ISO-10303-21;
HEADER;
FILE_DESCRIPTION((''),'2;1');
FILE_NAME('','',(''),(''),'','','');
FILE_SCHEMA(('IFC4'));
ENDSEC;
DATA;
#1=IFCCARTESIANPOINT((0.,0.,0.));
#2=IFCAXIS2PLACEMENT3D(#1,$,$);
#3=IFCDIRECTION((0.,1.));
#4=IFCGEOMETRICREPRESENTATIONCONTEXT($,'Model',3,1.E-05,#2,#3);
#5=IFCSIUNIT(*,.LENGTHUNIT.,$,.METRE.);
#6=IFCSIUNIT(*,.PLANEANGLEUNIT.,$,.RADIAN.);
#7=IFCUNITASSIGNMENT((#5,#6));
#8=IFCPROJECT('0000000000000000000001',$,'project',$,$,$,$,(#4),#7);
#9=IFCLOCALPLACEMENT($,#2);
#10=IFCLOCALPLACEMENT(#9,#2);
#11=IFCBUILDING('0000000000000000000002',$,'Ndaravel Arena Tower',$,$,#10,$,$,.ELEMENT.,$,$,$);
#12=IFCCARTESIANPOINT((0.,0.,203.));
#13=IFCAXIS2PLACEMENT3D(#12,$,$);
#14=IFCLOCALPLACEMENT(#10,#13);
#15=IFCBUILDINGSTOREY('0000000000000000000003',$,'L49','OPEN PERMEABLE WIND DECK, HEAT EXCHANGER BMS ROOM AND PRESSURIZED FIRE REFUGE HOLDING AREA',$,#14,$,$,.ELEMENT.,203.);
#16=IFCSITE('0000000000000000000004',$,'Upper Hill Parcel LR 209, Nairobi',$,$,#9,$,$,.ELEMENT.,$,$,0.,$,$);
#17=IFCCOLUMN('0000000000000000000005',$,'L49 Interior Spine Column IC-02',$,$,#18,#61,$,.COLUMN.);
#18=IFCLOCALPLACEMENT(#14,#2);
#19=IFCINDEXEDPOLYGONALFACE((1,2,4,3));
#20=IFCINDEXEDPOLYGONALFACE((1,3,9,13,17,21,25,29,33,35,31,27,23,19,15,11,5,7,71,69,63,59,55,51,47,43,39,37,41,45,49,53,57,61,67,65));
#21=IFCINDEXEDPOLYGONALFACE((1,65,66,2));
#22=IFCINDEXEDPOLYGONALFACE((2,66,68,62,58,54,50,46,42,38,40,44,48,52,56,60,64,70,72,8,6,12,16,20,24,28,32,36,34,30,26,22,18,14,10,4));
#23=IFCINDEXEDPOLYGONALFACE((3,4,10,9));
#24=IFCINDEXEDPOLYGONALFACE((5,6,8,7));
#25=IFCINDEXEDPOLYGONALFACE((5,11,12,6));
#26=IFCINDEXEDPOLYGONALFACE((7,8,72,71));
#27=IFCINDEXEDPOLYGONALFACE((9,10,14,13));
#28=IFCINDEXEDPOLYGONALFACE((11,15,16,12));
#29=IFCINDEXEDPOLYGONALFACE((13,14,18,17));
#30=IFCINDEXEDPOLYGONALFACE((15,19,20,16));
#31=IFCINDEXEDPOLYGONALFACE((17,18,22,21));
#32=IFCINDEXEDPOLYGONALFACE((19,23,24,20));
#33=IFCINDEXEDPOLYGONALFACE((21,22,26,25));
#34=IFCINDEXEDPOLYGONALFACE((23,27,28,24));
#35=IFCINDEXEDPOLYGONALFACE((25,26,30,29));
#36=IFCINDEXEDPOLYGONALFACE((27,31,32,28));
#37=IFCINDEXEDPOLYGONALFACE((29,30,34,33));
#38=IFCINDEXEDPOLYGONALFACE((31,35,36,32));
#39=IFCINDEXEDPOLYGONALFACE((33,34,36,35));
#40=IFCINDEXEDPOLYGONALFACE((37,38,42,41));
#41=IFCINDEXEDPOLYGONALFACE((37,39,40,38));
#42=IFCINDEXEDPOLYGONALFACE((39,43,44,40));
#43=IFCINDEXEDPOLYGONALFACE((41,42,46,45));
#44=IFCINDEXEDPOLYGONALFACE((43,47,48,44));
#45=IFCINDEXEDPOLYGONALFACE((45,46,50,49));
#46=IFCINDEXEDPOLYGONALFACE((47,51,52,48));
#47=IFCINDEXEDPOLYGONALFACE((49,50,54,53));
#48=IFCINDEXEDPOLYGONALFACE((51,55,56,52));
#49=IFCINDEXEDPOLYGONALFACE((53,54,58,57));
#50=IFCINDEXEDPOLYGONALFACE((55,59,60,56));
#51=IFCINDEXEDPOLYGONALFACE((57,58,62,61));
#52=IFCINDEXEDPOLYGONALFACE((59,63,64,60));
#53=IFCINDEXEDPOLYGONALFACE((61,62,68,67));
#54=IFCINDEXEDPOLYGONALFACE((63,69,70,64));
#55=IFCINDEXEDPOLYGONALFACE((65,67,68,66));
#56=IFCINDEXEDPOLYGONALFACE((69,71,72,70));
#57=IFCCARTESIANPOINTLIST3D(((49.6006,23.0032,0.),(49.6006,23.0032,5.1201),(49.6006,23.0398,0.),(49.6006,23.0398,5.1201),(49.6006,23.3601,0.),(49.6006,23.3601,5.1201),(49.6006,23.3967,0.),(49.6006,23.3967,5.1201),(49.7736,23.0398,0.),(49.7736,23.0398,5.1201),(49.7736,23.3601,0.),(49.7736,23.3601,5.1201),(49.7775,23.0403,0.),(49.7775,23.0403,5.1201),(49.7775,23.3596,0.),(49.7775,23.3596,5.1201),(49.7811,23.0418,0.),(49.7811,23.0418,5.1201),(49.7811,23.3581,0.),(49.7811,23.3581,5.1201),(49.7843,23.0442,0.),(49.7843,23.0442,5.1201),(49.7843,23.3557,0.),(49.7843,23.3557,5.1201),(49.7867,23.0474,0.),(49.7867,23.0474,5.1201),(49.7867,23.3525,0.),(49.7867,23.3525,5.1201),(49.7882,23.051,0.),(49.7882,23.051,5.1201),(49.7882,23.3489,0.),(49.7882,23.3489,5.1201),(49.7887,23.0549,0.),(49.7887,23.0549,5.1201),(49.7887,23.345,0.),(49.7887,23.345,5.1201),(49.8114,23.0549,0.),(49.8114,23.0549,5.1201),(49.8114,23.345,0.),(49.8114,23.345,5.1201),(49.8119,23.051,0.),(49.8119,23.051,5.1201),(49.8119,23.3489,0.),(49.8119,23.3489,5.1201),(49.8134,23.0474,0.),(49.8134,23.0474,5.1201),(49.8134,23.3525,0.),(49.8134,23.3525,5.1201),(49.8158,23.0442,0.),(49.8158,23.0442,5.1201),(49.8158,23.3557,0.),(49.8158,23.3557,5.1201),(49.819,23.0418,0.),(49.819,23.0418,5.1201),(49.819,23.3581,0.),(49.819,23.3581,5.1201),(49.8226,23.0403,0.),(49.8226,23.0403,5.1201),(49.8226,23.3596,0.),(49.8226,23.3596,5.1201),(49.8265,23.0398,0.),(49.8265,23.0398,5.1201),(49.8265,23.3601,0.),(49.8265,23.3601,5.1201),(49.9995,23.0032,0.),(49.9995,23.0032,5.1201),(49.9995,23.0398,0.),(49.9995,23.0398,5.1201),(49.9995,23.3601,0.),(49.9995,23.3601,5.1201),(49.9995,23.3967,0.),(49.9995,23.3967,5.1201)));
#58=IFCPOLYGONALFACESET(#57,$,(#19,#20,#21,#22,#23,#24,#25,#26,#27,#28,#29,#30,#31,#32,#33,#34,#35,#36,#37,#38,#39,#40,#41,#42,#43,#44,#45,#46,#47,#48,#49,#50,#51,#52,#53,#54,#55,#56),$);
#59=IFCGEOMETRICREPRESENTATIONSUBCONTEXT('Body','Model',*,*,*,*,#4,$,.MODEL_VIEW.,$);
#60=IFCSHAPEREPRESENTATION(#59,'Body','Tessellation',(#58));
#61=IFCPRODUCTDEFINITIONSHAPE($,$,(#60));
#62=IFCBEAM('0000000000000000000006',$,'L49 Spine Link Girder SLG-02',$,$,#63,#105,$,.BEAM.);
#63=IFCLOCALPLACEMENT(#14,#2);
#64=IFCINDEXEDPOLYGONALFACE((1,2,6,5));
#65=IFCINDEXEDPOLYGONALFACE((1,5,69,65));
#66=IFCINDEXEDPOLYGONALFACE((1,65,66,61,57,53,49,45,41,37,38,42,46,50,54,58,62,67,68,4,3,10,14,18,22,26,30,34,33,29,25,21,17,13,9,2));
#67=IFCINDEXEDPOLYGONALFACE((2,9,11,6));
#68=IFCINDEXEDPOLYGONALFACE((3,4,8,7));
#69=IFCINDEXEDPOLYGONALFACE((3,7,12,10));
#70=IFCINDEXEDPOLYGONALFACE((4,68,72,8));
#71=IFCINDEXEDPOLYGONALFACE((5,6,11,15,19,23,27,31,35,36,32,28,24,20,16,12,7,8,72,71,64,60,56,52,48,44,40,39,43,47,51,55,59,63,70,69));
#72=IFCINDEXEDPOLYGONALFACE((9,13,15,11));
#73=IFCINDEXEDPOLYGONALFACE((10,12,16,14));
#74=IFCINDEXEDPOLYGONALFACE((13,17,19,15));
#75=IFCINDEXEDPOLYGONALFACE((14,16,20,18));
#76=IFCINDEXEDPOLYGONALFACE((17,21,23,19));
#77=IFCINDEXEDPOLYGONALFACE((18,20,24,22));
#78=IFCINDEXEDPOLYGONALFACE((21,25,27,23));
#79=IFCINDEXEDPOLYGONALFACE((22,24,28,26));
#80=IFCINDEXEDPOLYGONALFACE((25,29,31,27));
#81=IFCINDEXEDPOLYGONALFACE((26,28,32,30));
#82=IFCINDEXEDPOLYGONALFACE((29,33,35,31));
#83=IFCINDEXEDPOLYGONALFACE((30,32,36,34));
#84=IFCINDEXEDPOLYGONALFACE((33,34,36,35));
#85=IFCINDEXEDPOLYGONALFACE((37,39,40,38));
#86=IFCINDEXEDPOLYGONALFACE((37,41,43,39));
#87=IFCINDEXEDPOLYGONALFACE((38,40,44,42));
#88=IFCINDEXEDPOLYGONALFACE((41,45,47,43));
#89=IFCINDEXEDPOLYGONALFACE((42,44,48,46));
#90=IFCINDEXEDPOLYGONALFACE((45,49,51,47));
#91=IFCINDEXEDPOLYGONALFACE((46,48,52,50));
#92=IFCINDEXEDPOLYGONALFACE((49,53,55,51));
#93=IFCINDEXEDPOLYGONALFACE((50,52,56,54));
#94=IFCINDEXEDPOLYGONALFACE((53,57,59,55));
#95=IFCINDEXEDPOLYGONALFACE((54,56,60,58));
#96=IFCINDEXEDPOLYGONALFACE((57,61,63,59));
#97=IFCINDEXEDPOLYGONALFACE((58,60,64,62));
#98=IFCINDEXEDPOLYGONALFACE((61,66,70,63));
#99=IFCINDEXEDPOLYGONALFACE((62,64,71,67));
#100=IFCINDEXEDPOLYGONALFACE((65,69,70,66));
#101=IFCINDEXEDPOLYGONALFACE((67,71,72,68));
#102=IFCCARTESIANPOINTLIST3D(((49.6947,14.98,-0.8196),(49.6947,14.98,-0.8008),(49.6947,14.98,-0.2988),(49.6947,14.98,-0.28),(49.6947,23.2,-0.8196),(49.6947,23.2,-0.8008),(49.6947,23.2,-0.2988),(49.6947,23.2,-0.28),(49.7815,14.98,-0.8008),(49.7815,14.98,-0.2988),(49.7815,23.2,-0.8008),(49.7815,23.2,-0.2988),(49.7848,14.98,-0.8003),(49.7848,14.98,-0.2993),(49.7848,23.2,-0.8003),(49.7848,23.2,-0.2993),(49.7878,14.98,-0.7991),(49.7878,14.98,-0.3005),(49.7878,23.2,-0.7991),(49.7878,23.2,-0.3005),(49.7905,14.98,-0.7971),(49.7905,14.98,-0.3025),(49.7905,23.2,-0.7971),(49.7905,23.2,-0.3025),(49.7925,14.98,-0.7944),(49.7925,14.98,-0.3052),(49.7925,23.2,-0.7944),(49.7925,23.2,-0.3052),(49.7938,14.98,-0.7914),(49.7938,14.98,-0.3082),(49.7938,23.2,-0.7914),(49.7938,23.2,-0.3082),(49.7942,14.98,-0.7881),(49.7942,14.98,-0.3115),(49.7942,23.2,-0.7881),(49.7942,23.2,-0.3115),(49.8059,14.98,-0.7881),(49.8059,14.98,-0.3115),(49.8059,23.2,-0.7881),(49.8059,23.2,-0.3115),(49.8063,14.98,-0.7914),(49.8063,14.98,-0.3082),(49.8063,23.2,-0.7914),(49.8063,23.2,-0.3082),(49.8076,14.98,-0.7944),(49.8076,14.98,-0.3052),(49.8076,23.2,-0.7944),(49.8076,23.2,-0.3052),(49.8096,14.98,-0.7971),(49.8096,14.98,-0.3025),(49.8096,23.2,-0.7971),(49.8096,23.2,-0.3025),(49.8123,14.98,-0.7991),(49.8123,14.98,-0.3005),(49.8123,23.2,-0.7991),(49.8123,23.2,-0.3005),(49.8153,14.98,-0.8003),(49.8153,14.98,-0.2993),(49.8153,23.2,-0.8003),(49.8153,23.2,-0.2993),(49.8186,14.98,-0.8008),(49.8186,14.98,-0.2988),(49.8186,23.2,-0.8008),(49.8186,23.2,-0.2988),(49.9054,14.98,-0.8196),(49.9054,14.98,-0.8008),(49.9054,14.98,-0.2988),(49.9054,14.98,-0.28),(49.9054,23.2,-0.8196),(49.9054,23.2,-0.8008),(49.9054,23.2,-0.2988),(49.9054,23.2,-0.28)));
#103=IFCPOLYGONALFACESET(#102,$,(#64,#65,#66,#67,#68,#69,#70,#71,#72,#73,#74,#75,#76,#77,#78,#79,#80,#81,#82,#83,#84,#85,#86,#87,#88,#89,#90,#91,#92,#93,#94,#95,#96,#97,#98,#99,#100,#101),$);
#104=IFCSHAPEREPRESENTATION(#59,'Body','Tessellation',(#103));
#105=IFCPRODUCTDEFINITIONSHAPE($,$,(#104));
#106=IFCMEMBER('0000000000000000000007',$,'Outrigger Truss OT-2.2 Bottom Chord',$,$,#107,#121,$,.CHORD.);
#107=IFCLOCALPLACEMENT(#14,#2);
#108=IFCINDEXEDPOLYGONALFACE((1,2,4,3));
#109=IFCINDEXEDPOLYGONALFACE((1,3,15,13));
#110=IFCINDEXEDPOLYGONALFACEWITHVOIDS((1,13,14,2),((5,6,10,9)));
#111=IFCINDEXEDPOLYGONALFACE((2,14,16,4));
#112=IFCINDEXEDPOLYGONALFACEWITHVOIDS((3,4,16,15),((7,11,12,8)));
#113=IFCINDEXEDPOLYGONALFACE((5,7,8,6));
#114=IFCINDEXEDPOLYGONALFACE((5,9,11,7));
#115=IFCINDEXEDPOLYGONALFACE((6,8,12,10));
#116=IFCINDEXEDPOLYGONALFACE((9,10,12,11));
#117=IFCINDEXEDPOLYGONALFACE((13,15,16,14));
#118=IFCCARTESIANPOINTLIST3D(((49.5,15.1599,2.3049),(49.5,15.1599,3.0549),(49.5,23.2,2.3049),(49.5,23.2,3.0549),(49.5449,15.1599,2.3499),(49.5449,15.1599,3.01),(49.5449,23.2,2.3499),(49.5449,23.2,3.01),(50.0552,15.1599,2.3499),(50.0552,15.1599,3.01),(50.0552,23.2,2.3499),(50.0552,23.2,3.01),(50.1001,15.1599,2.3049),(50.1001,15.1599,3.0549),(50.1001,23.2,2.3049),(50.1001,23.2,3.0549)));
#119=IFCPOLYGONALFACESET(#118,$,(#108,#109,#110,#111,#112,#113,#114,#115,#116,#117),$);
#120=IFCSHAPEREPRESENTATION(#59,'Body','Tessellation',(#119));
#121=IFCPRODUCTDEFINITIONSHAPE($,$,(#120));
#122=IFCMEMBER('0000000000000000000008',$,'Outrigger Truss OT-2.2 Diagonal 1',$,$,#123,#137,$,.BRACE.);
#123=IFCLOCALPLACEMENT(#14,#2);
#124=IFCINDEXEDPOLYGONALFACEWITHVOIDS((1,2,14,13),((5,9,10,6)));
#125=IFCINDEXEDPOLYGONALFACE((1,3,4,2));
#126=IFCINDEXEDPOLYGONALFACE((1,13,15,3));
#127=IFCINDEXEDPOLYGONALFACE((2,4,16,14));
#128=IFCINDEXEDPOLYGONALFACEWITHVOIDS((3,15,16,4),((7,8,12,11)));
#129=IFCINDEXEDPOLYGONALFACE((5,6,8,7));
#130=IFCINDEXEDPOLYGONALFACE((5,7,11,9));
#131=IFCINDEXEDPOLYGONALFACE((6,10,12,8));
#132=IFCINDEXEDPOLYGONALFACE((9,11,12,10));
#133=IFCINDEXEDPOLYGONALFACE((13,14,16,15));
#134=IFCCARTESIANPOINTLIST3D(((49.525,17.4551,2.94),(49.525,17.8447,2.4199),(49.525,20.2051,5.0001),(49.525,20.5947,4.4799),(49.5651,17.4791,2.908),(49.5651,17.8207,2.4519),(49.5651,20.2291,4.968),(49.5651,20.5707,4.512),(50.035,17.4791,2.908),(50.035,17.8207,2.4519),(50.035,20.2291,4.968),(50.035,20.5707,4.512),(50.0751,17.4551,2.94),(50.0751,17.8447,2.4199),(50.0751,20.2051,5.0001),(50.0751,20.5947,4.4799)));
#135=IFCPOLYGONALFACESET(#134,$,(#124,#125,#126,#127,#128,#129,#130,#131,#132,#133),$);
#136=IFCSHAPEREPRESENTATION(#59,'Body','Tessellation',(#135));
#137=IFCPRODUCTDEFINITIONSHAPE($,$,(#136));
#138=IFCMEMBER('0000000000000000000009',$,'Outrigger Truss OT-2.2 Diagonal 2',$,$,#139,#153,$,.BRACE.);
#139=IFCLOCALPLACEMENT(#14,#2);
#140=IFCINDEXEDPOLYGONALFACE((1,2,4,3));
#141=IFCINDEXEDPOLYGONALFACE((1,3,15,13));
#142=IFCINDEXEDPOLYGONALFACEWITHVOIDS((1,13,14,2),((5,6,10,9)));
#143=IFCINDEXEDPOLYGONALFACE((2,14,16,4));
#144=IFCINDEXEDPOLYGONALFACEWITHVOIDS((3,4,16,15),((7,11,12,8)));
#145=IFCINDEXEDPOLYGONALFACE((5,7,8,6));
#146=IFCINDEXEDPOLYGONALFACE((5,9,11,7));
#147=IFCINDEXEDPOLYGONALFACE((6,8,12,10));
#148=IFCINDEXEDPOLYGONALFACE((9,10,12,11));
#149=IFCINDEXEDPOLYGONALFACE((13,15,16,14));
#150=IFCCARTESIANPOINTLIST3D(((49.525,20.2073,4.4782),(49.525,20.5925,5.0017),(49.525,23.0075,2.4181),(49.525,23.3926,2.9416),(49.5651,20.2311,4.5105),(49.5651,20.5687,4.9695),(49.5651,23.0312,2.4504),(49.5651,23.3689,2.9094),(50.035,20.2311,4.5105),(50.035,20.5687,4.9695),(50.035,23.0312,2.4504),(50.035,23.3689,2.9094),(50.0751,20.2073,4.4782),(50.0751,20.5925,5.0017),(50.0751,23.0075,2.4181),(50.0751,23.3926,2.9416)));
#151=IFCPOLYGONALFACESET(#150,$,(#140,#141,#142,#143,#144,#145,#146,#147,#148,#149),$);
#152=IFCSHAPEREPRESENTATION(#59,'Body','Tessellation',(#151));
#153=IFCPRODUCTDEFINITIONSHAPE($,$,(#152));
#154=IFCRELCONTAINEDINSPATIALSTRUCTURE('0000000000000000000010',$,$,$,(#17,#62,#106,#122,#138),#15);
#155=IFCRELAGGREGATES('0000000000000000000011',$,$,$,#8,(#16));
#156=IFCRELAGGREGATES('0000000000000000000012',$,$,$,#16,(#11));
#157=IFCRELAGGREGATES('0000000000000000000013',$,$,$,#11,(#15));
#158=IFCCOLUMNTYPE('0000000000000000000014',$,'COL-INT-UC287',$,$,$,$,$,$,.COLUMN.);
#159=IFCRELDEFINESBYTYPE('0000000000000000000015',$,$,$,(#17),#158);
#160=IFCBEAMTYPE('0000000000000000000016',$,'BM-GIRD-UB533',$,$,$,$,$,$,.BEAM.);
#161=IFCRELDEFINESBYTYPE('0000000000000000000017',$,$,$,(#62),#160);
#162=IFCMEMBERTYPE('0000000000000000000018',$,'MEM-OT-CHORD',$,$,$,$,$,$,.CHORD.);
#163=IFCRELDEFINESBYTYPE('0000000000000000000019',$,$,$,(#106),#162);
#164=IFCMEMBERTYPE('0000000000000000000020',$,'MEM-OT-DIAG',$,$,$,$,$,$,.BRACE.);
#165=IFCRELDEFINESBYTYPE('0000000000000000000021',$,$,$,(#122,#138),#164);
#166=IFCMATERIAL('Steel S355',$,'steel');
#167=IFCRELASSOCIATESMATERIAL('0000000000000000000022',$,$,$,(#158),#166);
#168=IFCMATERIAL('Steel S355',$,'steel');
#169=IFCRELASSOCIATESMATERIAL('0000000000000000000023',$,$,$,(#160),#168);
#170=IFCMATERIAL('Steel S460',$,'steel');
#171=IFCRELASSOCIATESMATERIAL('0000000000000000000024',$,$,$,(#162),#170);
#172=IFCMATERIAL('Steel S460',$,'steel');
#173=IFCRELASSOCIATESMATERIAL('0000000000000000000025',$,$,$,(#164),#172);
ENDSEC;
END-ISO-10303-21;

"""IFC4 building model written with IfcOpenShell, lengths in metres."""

from ifc_helpers import new_model, si_unit, direction, frame, origin, origin_2d, place, context, subcontext, project, spatial, hollow_rectangle, i_section, extrude, material, material_profile, profile_set, type_object, element, save


model = new_model("IFC4")

# Units and contexts
model_context = context("Model", 3, precision=1e-05, world=origin(), true_north=direction((0.0, 1.0)))
body_context = subcontext(model_context, "Body", "Model", "MODEL_VIEW")
ifc_project = project(units=[si_unit("LENGTHUNIT", "METRE"), si_unit("PLANEANGLEUNIT", "RADIAN")], contexts=[model_context])

# Site, building, storey
site_placement = place(None, origin())
site = spatial("IfcSite", under=ifc_project, at=site_placement, Name="Upper Hill Parcel LR 209, Nairobi", CompositionType="ELEMENT", RefElevation=0.0)
building_placement = place(site_placement, origin())
building = spatial("IfcBuilding", under=site, at=building_placement, Name="Ndaravel Arena Tower", CompositionType="ELEMENT")
storey_placement = place(building_placement, frame((0.0, 0.0, 203.0)))
storey = spatial("IfcBuildingStorey", under=building, at=storey_placement, Name="L49", Description="OPEN PERMEABLE WIND DECK, HEAT EXCHANGER BMS ROOM AND PRESSURIZED FIRE REFUGE HOLDING AREA", CompositionType="ELEMENT", Elevation=203.0)

# Column
ifc_material_1 = material(Name="Steel S355", Category="steel")
ifc_material_profile_1 = material_profile(ifc_material_1, i_section(OverallWidth=0.3989, OverallDepth=0.3936, WebThickness=0.0227, FlangeThickness=0.0366, FilletRadius=0.0151, at=origin_2d()), Name="UC 356x406x287")
ifc_profile_set_1 = profile_set([ifc_material_profile_1], Name="Steel S355")
column_type = type_object("IfcColumnType", Name="COL-INT-UC287", PredefinedType="COLUMN", material=ifc_profile_set_1)
column_placement = place(storey_placement, frame((49.8, 23.2, 0.0), z_axis=(0.0, 0.0, 1.0), x_axis=(1.0, 0.0, 0.0)))
element("IfcColumn", 1, at=column_placement, inside=storey, type_object=column_type, Name="L49 Interior Spine Column IC-02", PredefinedType="COLUMN", context=body_context, shape_type="SweptSolid", body=[
    extrude(i_section(OverallWidth=0.3989, OverallDepth=0.3936, WebThickness=0.0227, FlangeThickness=0.0366, FilletRadius=0.0151, at=origin_2d()), origin(), (0.0, 0.0, 1.0), 5.1201),
])

# Beam
ifc_material_2 = material(Name="Steel S355", Category="steel")
ifc_material_profile_2 = material_profile(ifc_material_2, i_section(OverallWidth=0.2107, OverallDepth=0.5396, WebThickness=0.0117, FlangeThickness=0.0188, FilletRadius=0.0127, at=origin_2d()), Name="UB 533x210x109")
ifc_profile_set_2 = profile_set([ifc_material_profile_2], Name="Steel S355")
beam_type = type_object("IfcBeamType", Name="BM-GIRD-UB533", PredefinedType="BEAM", material=ifc_profile_set_2)
beam_placement = place(storey_placement, frame((49.8, 14.98, -0.5498), z_axis=(0.0, 1.0, 0.0), x_axis=(-1.0, 0.0, 0.0)))
element("IfcBeam", 2, at=beam_placement, inside=storey, type_object=beam_type, Name="L49 Spine Link Girder SLG-02", PredefinedType="BEAM", context=body_context, shape_type="SweptSolid", body=[
    extrude(i_section(OverallWidth=0.2107, OverallDepth=0.5396, WebThickness=0.0117, FlangeThickness=0.0188, FilletRadius=0.0127, at=origin_2d()), origin(), (0.0, 0.0, 1.0), 8.22),
])

# Members
ifc_material_3 = material(Name="Steel S460", Category="steel")
ifc_material_profile_3 = material_profile(ifc_material_3, hollow_rectangle(XDim=0.6001, YDim=0.75, WallThickness=0.0449, at=origin_2d()), Name="BOX 750x600x45")
ifc_profile_set_3 = profile_set([ifc_material_profile_3], Name="Steel S460")
member_type_1 = type_object("IfcMemberType", Name="MEM-OT-CHORD", PredefinedType="CHORD", material=ifc_profile_set_3)
member_1_placement = place(storey_placement, frame((49.8, 15.1599, 2.6799), z_axis=(0.0, 1.0, 0.0), x_axis=(-1.0, 0.0, 0.0)))
element("IfcMember", 3, at=member_1_placement, inside=storey, type_object=member_type_1, Name="Outrigger Truss OT-2.2 Bottom Chord", PredefinedType="CHORD", context=body_context, shape_type="SweptSolid", body=[
    extrude(hollow_rectangle(XDim=0.6001, YDim=0.75, WallThickness=0.0449, at=origin_2d()), origin(), (0.0, 0.0, 1.0), 8.04),
])
ifc_material_4 = material(Name="Steel S460", Category="steel")
ifc_material_profile_4 = material_profile(ifc_material_4, hollow_rectangle(XDim=0.55, YDim=0.6499, WallThickness=0.04, at=origin_2d()), Name="BOX 650x550x40")
ifc_profile_set_4 = profile_set([ifc_material_profile_4], Name="Steel S460")
member_type_2 = type_object("IfcMemberType", Name="MEM-OT-DIAG", PredefinedType="BRACE", material=ifc_profile_set_4)
member_2_placement = place(storey_placement, frame((49.8, 17.6499, 2.6799), z_axis=(0.0, 0.800341, 0.599545), x_axis=(-1.0, 0.0, 0.0)))
element("IfcMember", 4, at=member_2_placement, inside=storey, type_object=member_type_2, Name="Outrigger Truss OT-2.2 Diagonal 1", PredefinedType="BRACE", context=body_context, shape_type="SweptSolid", body=[
    extrude(hollow_rectangle(XDim=0.55, YDim=0.6499, WallThickness=0.04, at=origin_2d()), origin(), (0.0, 0.0, 1.0), 3.436),
])
member_3_placement = place(storey_placement, frame((49.8, 20.3999, 4.74), z_axis=(0.0, 0.805486, -0.592614), x_axis=(-1.0, 0.0, 0.0)))
element("IfcMember", 5, at=member_3_placement, inside=storey, type_object=member_type_2, Name="Outrigger Truss OT-2.2 Diagonal 2", PredefinedType="BRACE", context=body_context, shape_type="SweptSolid", body=[
    extrude(hollow_rectangle(XDim=0.55, YDim=0.6499, WallThickness=0.04, at=origin_2d()), origin(), (0.0, 0.0, 1.0), 3.4763),
])

save(model, "model.ifc")
